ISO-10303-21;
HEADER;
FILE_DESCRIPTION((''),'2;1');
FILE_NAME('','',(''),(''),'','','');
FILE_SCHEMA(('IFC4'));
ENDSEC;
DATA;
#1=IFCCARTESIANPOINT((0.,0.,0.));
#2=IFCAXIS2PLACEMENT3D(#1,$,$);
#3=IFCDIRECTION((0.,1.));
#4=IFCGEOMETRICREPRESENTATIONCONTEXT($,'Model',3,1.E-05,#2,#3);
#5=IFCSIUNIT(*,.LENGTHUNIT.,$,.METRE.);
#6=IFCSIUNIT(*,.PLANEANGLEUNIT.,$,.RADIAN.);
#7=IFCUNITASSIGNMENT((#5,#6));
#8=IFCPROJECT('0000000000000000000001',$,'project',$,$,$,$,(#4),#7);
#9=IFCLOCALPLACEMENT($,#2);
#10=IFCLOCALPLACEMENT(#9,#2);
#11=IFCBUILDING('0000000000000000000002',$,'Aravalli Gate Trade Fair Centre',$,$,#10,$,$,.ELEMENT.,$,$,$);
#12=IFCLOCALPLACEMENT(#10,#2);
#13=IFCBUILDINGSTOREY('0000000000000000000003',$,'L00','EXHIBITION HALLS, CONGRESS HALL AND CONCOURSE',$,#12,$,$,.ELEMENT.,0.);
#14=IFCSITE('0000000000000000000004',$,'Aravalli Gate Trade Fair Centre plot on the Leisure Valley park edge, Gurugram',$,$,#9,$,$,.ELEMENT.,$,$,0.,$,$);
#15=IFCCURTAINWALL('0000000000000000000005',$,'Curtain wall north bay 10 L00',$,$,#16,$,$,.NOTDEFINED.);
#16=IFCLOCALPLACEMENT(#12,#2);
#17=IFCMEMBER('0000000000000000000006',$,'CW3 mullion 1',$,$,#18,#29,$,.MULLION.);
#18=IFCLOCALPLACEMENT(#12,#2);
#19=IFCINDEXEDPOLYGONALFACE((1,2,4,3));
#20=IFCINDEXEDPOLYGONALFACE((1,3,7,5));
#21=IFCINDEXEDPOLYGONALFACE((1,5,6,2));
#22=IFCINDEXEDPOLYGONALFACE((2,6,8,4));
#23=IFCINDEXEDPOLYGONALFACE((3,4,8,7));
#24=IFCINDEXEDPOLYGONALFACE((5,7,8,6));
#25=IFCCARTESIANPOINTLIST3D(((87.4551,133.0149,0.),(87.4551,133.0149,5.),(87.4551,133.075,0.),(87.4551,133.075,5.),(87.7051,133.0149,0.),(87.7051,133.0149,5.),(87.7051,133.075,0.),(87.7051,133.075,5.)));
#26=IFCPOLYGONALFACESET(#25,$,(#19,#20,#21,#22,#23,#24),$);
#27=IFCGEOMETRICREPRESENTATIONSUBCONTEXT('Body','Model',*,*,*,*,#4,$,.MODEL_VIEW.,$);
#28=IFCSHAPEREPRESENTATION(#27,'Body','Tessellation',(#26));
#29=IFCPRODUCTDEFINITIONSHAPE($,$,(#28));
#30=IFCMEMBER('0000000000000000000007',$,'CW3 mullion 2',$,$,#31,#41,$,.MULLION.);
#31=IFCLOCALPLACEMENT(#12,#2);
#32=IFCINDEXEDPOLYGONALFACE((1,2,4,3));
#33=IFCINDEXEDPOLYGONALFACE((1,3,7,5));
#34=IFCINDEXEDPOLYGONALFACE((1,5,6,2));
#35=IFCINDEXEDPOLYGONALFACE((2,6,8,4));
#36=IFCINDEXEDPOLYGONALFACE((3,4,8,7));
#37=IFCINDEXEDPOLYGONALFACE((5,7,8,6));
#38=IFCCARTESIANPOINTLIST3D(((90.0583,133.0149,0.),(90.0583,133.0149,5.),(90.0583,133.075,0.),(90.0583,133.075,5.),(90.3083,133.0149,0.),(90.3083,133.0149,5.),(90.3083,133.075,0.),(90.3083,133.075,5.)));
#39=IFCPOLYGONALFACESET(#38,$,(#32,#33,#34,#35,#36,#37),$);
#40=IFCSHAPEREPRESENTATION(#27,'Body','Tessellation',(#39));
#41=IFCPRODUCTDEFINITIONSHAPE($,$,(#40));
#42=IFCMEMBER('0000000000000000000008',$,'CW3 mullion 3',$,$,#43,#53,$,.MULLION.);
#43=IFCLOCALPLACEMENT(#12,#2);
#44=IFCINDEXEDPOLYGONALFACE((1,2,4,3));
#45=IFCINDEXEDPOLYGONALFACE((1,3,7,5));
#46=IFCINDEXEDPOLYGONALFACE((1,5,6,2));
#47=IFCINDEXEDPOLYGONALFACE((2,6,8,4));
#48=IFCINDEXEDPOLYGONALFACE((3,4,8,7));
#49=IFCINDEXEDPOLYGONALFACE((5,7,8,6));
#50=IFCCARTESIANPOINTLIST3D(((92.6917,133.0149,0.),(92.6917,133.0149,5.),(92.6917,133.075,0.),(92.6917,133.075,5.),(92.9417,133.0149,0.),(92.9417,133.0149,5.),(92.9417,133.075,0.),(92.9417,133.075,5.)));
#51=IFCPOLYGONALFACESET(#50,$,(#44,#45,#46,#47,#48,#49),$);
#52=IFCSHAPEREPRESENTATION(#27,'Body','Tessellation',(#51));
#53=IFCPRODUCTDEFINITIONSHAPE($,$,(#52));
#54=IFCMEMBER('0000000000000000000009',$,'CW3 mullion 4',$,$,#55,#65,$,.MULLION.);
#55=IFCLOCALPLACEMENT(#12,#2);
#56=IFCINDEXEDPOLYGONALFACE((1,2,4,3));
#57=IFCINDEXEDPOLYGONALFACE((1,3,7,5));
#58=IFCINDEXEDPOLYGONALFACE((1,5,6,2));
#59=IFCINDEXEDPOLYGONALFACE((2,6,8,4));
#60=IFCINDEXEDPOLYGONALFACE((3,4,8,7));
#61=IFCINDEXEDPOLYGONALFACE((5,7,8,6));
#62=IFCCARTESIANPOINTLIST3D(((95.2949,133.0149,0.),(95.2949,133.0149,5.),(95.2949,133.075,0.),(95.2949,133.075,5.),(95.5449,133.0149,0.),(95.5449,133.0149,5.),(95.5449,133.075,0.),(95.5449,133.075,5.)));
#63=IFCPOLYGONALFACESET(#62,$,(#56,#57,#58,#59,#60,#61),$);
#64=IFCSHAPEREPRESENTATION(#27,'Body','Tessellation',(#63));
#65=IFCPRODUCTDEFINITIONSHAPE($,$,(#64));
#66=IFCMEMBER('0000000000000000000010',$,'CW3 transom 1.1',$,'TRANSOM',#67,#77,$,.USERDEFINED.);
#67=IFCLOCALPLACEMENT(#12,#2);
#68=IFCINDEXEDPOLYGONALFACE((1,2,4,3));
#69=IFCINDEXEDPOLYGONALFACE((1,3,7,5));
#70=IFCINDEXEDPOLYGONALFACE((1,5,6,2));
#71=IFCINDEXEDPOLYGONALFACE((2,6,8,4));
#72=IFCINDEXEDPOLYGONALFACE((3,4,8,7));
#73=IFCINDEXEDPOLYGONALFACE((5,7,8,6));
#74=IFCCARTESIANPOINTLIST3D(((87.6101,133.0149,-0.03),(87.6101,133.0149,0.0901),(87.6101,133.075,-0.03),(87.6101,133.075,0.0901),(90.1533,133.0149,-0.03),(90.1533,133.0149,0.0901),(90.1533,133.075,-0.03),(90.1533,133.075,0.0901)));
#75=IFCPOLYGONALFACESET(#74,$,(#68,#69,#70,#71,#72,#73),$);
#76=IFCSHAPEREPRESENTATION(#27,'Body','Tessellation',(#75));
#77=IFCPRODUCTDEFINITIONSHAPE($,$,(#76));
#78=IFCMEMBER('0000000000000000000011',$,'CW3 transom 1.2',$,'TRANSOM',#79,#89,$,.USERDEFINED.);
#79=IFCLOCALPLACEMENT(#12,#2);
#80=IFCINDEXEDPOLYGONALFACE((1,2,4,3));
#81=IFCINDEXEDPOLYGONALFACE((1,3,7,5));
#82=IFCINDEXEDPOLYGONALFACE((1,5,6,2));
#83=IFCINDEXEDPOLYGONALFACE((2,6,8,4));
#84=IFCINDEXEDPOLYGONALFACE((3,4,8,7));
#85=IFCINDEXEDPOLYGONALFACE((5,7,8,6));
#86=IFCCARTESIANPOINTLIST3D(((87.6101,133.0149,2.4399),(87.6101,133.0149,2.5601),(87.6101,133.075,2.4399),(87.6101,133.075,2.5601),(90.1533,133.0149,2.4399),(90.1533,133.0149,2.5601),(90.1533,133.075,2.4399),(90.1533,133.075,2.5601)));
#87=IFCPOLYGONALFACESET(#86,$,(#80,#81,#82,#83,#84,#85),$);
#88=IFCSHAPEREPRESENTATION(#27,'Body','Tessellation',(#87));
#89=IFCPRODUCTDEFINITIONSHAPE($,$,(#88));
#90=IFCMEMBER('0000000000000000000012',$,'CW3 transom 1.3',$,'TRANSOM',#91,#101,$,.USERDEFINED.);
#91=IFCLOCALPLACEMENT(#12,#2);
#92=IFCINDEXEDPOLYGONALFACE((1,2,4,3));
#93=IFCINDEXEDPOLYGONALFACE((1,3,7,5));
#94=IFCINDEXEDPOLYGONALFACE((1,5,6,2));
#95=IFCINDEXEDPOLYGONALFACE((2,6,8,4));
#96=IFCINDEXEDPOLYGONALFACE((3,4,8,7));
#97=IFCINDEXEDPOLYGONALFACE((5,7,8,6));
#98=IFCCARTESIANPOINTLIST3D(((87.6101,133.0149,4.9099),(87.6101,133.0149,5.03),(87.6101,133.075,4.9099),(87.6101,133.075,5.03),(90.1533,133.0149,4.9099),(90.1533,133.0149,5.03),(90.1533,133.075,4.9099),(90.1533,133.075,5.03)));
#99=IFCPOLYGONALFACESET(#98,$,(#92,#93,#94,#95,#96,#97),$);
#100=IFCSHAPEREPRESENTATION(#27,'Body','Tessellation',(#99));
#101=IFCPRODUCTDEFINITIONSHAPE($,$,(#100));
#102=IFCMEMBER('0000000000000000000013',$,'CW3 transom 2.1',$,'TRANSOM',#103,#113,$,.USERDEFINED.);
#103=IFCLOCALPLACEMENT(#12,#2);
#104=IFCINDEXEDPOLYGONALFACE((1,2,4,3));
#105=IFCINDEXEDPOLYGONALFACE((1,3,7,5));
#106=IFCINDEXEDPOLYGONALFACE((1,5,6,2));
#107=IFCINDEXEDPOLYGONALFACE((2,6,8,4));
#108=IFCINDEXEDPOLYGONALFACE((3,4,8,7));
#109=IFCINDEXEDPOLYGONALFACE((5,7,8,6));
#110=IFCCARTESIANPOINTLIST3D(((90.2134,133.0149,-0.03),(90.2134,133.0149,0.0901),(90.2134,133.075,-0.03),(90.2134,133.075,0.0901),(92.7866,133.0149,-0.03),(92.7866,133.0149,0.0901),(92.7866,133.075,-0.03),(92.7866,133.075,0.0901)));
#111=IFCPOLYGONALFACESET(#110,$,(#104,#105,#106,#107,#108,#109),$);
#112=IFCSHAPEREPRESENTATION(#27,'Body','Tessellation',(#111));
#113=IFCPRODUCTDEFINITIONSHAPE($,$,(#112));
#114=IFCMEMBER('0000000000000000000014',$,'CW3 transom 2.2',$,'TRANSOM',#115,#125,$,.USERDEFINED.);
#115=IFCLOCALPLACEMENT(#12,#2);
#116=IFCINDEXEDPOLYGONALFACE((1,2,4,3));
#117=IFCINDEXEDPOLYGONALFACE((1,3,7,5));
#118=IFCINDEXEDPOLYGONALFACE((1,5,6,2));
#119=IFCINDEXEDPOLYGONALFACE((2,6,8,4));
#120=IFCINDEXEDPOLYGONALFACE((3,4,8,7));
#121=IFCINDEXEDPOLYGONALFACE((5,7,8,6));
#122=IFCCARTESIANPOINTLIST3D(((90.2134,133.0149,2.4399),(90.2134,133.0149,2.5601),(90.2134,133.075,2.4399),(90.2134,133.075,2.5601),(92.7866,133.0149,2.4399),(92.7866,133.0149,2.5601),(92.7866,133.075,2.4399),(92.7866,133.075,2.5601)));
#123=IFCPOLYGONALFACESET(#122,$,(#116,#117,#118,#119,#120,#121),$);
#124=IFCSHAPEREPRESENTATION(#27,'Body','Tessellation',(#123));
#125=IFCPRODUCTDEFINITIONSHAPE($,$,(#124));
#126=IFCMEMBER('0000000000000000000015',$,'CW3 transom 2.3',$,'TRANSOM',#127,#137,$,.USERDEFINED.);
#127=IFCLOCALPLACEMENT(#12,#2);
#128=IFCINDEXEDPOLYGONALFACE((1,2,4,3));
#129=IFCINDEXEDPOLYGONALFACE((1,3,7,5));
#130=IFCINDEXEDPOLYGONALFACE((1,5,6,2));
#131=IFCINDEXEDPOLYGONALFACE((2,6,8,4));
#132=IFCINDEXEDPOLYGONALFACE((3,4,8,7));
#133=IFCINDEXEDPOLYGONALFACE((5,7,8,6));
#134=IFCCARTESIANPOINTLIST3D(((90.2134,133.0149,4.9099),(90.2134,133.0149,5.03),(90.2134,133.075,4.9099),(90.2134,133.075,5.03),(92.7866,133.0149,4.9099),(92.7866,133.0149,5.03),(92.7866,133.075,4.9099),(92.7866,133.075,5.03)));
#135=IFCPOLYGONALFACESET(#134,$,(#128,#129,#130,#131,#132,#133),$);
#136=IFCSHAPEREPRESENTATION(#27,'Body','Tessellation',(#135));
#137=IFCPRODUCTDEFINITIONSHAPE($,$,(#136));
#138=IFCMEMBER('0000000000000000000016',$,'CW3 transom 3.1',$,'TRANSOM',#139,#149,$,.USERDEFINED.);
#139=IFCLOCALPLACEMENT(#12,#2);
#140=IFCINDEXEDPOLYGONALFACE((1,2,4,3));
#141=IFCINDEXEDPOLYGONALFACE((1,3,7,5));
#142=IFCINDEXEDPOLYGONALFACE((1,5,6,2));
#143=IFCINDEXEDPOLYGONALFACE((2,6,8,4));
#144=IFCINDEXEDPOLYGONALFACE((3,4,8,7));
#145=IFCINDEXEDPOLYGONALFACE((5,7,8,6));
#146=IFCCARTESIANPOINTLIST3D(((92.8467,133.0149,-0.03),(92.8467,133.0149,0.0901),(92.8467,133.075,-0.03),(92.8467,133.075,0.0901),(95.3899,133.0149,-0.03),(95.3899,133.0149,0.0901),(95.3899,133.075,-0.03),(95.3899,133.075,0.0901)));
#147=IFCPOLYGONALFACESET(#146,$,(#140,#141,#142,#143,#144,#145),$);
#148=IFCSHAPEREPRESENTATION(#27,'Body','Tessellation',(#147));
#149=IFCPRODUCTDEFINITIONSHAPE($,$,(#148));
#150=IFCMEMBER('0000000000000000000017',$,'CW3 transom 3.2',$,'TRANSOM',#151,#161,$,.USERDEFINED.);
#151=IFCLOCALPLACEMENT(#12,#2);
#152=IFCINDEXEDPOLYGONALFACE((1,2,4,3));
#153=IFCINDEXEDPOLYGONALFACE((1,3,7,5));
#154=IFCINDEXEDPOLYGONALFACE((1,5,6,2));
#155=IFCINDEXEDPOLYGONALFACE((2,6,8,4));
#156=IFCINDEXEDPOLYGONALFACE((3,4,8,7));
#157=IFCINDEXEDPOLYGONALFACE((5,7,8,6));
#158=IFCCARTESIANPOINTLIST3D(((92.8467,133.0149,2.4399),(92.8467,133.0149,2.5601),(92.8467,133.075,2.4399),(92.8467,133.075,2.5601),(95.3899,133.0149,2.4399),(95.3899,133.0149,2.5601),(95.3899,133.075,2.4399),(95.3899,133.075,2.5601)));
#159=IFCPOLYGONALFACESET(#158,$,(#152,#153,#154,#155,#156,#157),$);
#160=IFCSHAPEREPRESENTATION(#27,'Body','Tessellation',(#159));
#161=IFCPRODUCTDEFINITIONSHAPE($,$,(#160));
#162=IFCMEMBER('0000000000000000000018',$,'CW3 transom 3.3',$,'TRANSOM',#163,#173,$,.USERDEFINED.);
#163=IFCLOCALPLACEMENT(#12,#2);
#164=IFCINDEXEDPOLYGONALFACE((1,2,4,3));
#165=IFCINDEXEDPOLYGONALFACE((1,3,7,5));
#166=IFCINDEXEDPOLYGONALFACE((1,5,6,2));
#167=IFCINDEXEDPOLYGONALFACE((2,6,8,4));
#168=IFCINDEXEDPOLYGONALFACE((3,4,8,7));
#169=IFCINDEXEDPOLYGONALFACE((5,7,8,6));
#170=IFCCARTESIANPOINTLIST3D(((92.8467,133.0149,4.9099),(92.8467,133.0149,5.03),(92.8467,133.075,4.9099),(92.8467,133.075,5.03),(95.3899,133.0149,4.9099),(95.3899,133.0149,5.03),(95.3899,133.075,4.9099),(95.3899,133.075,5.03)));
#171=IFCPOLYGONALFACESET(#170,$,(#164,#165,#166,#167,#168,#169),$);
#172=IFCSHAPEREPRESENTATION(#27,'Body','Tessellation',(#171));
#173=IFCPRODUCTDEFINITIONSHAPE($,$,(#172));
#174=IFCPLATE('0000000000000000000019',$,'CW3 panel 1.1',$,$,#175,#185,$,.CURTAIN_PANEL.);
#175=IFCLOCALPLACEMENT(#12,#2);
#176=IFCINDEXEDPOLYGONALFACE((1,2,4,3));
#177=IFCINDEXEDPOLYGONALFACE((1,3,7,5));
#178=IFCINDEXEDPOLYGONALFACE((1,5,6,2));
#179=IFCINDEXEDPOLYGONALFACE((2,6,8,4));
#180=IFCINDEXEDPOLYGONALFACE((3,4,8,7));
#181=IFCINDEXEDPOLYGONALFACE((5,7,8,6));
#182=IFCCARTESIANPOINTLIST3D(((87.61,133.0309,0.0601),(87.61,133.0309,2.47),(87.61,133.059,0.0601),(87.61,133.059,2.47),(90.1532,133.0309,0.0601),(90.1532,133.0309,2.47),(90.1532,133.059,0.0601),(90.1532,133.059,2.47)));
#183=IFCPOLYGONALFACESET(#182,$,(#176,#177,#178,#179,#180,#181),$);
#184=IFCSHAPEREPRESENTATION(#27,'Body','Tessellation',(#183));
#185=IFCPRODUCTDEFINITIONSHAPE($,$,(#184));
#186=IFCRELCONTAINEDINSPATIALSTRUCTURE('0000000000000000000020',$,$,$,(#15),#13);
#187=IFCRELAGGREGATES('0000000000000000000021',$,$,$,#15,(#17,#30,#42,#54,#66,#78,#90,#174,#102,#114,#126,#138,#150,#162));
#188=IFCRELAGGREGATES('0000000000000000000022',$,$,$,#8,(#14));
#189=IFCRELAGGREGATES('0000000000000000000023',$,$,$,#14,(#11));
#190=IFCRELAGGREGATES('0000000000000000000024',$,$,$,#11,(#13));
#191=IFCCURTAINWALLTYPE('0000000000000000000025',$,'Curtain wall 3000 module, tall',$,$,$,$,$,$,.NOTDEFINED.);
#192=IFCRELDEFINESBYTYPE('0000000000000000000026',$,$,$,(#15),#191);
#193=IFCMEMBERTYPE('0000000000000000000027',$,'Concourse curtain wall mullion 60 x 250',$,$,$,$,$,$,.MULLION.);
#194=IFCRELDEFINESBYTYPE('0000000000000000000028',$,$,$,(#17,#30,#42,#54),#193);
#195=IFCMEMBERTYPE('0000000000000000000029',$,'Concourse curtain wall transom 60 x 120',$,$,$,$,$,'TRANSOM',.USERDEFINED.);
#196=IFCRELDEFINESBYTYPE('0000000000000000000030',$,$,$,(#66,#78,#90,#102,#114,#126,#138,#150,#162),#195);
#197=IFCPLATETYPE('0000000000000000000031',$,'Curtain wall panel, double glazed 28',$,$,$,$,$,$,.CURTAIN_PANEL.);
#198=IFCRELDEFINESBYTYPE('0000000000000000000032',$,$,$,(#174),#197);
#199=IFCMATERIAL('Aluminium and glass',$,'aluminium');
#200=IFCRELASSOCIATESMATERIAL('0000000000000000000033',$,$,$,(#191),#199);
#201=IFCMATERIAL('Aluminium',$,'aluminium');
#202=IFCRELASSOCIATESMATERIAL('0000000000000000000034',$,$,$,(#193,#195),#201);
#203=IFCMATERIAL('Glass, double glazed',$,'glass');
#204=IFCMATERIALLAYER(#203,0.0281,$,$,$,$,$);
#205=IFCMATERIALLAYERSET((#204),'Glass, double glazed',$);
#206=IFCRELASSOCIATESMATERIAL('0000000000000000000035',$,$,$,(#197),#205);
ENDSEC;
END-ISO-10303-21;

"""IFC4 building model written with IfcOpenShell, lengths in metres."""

from ifc_helpers import new_model, si_unit, direction, frame, origin, origin_2d, place, context, subcontext, project, spatial, rectangle, extrude, material, layer, layer_set, material_profile, profile_set, type_object, element, aggregate, save


model = new_model("IFC4")

# Units and contexts
model_context = context("Model", 3, precision=1e-05, world=origin(), true_north=direction((0.0, 1.0)))
body_context = subcontext(model_context, "Body", "Model", "MODEL_VIEW")
ifc_project = project(units=[si_unit("LENGTHUNIT", "METRE"), si_unit("PLANEANGLEUNIT", "RADIAN")], contexts=[model_context])

# Site, building, storey
site_placement = place(None, origin())
site = spatial("IfcSite", under=ifc_project, at=site_placement, Name="Aravalli Gate Trade Fair Centre plot on the Leisure Valley park edge, Gurugram", CompositionType="ELEMENT", RefElevation=0.0)
building_placement = place(site_placement, origin())
building = spatial("IfcBuilding", under=site, at=building_placement, Name="Aravalli Gate Trade Fair Centre", CompositionType="ELEMENT")
storey_placement = place(building_placement, origin())
storey = spatial("IfcBuildingStorey", under=building, at=storey_placement, Name="L00", Description="EXHIBITION HALLS, CONGRESS HALL AND CONCOURSE", CompositionType="ELEMENT", Elevation=0.0)

# Curtain wall, members, plate
ifc_material_1 = material(Name="Aluminium and glass", Category="aluminium")
curtain_wall_type = type_object("IfcCurtainWallType", Name="Curtain wall 3000 module, tall", PredefinedType="NOTDEFINED", material=ifc_material_1)
curtain_wall_placement = place(storey_placement, origin())
curtain_wall = element("IfcCurtainWall", 1, at=curtain_wall_placement, inside=storey, type_object=curtain_wall_type, Name="Curtain wall north bay 10 L00", PredefinedType="NOTDEFINED")
ifc_material_2 = material(Name="Aluminium", Category="aluminium")
ifc_material_profile_1 = material_profile(ifc_material_2, rectangle(XDim=0.0601, YDim=0.25, at=origin_2d()), Name="Concourse curtain wall mullion 60 x 250")
ifc_profile_set_1 = profile_set([ifc_material_profile_1], Name="Aluminium")
member_type_1 = type_object("IfcMemberType", Name="Concourse curtain wall mullion 60 x 250", PredefinedType="MULLION", material=ifc_profile_set_1)
member_1_placement = place(storey_placement, frame((87.5801, 133.0449, 0.0), z_axis=(0.0, 0.0, 1.0), x_axis=(0.0, 1.0, 0.0)))
member_1 = element("IfcMember", 2, at=member_1_placement, type_object=member_type_1, Name="CW3 mullion 1", PredefinedType="MULLION", context=body_context, shape_type="SweptSolid", body=[
    extrude(rectangle(XDim=0.0601, YDim=0.25, at=origin_2d()), origin(), (0.0, 0.0, 1.0), 5.0),
])
member_2_placement = place(storey_placement, frame((90.1833, 133.0449, 0.0), z_axis=(0.0, 0.0, 1.0), x_axis=(0.0, 1.0, 0.0)))
member_2 = element("IfcMember", 3, at=member_2_placement, type_object=member_type_1, Name="CW3 mullion 2", PredefinedType="MULLION", context=body_context, shape_type="SweptSolid", body=[
    extrude(rectangle(XDim=0.0601, YDim=0.25, at=origin_2d()), origin(), (0.0, 0.0, 1.0), 5.0),
])
member_3_placement = place(storey_placement, frame((92.8167, 133.0449, 0.0), z_axis=(0.0, 0.0, 1.0), x_axis=(0.0, 1.0, 0.0)))
member_3 = element("IfcMember", 4, at=member_3_placement, type_object=member_type_1, Name="CW3 mullion 3", PredefinedType="MULLION", context=body_context, shape_type="SweptSolid", body=[
    extrude(rectangle(XDim=0.0601, YDim=0.25, at=origin_2d()), origin(), (0.0, 0.0, 1.0), 5.0),
])
member_4_placement = place(storey_placement, frame((95.4199, 133.0449, 0.0), z_axis=(0.0, 0.0, 1.0), x_axis=(0.0, 1.0, 0.0)))
member_4 = element("IfcMember", 5, at=member_4_placement, type_object=member_type_1, Name="CW3 mullion 4", PredefinedType="MULLION", context=body_context, shape_type="SweptSolid", body=[
    extrude(rectangle(XDim=0.0601, YDim=0.25, at=origin_2d()), origin(), (0.0, 0.0, 1.0), 5.0),
])
ifc_material_profile_2 = material_profile(ifc_material_2, rectangle(XDim=0.0601, YDim=0.1201, at=origin_2d()), Name="Concourse curtain wall transom 60 x 120")
ifc_profile_set_2 = profile_set([ifc_material_profile_2], Name="Aluminium")
member_type_2 = type_object("IfcMemberType", Name="Concourse curtain wall transom 60 x 120", ElementType="TRANSOM", PredefinedType="USERDEFINED", material=ifc_profile_set_2)
member_5_placement = place(storey_placement, frame((87.6101, 133.0449, 0.03), z_axis=(1.0, 0.0, 0.0), x_axis=(0.0, 1.0, 0.0)))
member_5 = element("IfcMember", 6, at=member_5_placement, type_object=member_type_2, Name="CW3 transom 1.1", ObjectType="TRANSOM", PredefinedType="USERDEFINED", context=body_context, shape_type="SweptSolid", body=[
    extrude(rectangle(XDim=0.0601, YDim=0.1201, at=origin_2d()), origin(), (0.0, 0.0, 1.0), 2.5432),
])
member_6_placement = place(storey_placement, frame((87.6101, 133.0449, 2.5), z_axis=(1.0, 0.0, 0.0), x_axis=(0.0, 1.0, 0.0)))
member_6 = element("IfcMember", 7, at=member_6_placement, type_object=member_type_2, Name="CW3 transom 1.2", ObjectType="TRANSOM", PredefinedType="USERDEFINED", context=body_context, shape_type="SweptSolid", body=[
    extrude(rectangle(XDim=0.0601, YDim=0.1201, at=origin_2d()), origin(), (0.0, 0.0, 1.0), 2.5432),
])
member_7_placement = place(storey_placement, frame((87.6101, 133.0449, 4.97), z_axis=(1.0, 0.0, 0.0), x_axis=(0.0, 1.0, 0.0)))
member_7 = element("IfcMember", 8, at=member_7_placement, type_object=member_type_2, Name="CW3 transom 1.3", ObjectType="TRANSOM", PredefinedType="USERDEFINED", context=body_context, shape_type="SweptSolid", body=[
    extrude(rectangle(XDim=0.0601, YDim=0.1201, at=origin_2d()), origin(), (0.0, 0.0, 1.0), 2.5432),
])
member_8_placement = place(storey_placement, frame((90.2134, 133.0449, 0.03), z_axis=(1.0, 0.0, 0.0), x_axis=(0.0, 1.0, 0.0)))
member_8 = element("IfcMember", 9, at=member_8_placement, type_object=member_type_2, Name="CW3 transom 2.1", ObjectType="TRANSOM", PredefinedType="USERDEFINED", context=body_context, shape_type="SweptSolid", body=[
    extrude(rectangle(XDim=0.0601, YDim=0.1201, at=origin_2d()), origin(), (0.0, 0.0, 1.0), 2.5732),
])
member_9_placement = place(storey_placement, frame((90.2134, 133.0449, 2.5), z_axis=(1.0, 0.0, 0.0), x_axis=(0.0, 1.0, 0.0)))
member_9 = element("IfcMember", 10, at=member_9_placement, type_object=member_type_2, Name="CW3 transom 2.2", ObjectType="TRANSOM", PredefinedType="USERDEFINED", context=body_context, shape_type="SweptSolid", body=[
    extrude(rectangle(XDim=0.0601, YDim=0.1201, at=origin_2d()), origin(), (0.0, 0.0, 1.0), 2.5732),
])
member_10_placement = place(storey_placement, frame((90.2134, 133.0449, 4.97), z_axis=(1.0, 0.0, 0.0), x_axis=(0.0, 1.0, 0.0)))
member_10 = element("IfcMember", 11, at=member_10_placement, type_object=member_type_2, Name="CW3 transom 2.3", ObjectType="TRANSOM", PredefinedType="USERDEFINED", context=body_context, shape_type="SweptSolid", body=[
    extrude(rectangle(XDim=0.0601, YDim=0.1201, at=origin_2d()), origin(), (0.0, 0.0, 1.0), 2.5732),
])
member_11_placement = place(storey_placement, frame((92.8467, 133.0449, 0.03), z_axis=(1.0, 0.0, 0.0), x_axis=(0.0, 1.0, 0.0)))
member_11 = element("IfcMember", 12, at=member_11_placement, type_object=member_type_2, Name="CW3 transom 3.1", ObjectType="TRANSOM", PredefinedType="USERDEFINED", context=body_context, shape_type="SweptSolid", body=[
    extrude(rectangle(XDim=0.0601, YDim=0.1201, at=origin_2d()), origin(), (0.0, 0.0, 1.0), 2.5432),
])
member_12_placement = place(storey_placement, frame((92.8467, 133.0449, 2.5), z_axis=(1.0, 0.0, 0.0), x_axis=(0.0, 1.0, 0.0)))
member_12 = element("IfcMember", 13, at=member_12_placement, type_object=member_type_2, Name="CW3 transom 3.2", ObjectType="TRANSOM", PredefinedType="USERDEFINED", context=body_context, shape_type="SweptSolid", body=[
    extrude(rectangle(XDim=0.0601, YDim=0.1201, at=origin_2d()), origin(), (0.0, 0.0, 1.0), 2.5432),
])
member_13_placement = place(storey_placement, frame((92.8467, 133.0449, 4.97), z_axis=(1.0, 0.0, 0.0), x_axis=(0.0, 1.0, 0.0)))
member_13 = element("IfcMember", 14, at=member_13_placement, type_object=member_type_2, Name="CW3 transom 3.3", ObjectType="TRANSOM", PredefinedType="USERDEFINED", context=body_context, shape_type="SweptSolid", body=[
    extrude(rectangle(XDim=0.0601, YDim=0.1201, at=origin_2d()), origin(), (0.0, 0.0, 1.0), 2.5432),
])
ifc_material_3 = material(Name="Glass, double glazed", Category="glass")
ifc_layer_1 = layer(ifc_material_3, 0.0281)
ifc_layer_set_1 = layer_set([ifc_layer_1], Name="Glass, double glazed")
plate_type = type_object("IfcPlateType", Name="Curtain wall panel, double glazed 28", PredefinedType="CURTAIN_PANEL", material=ifc_layer_set_1)
plate_1_placement = place(storey_placement, frame((88.8816, 133.0449, 0.0601), z_axis=(0.0, 0.0, 1.0), x_axis=(1.0, 0.0, 0.0)))
plate_1 = element("IfcPlate", 15, at=plate_1_placement, type_object=plate_type, Name="CW3 panel 1.1", PredefinedType="CURTAIN_PANEL", context=body_context, shape_type="SweptSolid", body=[
    extrude(rectangle(XDim=2.5432, YDim=0.0281, at=origin_2d()), origin(), (0.0, 0.0, 1.0), 2.4099),
])
aggregate(curtain_wall, [member_1, member_2, member_3, member_4, member_5, member_6, member_7, plate_1, member_8, member_9, member_10, member_11, member_12, member_13])

save(model, "model.ifc")
